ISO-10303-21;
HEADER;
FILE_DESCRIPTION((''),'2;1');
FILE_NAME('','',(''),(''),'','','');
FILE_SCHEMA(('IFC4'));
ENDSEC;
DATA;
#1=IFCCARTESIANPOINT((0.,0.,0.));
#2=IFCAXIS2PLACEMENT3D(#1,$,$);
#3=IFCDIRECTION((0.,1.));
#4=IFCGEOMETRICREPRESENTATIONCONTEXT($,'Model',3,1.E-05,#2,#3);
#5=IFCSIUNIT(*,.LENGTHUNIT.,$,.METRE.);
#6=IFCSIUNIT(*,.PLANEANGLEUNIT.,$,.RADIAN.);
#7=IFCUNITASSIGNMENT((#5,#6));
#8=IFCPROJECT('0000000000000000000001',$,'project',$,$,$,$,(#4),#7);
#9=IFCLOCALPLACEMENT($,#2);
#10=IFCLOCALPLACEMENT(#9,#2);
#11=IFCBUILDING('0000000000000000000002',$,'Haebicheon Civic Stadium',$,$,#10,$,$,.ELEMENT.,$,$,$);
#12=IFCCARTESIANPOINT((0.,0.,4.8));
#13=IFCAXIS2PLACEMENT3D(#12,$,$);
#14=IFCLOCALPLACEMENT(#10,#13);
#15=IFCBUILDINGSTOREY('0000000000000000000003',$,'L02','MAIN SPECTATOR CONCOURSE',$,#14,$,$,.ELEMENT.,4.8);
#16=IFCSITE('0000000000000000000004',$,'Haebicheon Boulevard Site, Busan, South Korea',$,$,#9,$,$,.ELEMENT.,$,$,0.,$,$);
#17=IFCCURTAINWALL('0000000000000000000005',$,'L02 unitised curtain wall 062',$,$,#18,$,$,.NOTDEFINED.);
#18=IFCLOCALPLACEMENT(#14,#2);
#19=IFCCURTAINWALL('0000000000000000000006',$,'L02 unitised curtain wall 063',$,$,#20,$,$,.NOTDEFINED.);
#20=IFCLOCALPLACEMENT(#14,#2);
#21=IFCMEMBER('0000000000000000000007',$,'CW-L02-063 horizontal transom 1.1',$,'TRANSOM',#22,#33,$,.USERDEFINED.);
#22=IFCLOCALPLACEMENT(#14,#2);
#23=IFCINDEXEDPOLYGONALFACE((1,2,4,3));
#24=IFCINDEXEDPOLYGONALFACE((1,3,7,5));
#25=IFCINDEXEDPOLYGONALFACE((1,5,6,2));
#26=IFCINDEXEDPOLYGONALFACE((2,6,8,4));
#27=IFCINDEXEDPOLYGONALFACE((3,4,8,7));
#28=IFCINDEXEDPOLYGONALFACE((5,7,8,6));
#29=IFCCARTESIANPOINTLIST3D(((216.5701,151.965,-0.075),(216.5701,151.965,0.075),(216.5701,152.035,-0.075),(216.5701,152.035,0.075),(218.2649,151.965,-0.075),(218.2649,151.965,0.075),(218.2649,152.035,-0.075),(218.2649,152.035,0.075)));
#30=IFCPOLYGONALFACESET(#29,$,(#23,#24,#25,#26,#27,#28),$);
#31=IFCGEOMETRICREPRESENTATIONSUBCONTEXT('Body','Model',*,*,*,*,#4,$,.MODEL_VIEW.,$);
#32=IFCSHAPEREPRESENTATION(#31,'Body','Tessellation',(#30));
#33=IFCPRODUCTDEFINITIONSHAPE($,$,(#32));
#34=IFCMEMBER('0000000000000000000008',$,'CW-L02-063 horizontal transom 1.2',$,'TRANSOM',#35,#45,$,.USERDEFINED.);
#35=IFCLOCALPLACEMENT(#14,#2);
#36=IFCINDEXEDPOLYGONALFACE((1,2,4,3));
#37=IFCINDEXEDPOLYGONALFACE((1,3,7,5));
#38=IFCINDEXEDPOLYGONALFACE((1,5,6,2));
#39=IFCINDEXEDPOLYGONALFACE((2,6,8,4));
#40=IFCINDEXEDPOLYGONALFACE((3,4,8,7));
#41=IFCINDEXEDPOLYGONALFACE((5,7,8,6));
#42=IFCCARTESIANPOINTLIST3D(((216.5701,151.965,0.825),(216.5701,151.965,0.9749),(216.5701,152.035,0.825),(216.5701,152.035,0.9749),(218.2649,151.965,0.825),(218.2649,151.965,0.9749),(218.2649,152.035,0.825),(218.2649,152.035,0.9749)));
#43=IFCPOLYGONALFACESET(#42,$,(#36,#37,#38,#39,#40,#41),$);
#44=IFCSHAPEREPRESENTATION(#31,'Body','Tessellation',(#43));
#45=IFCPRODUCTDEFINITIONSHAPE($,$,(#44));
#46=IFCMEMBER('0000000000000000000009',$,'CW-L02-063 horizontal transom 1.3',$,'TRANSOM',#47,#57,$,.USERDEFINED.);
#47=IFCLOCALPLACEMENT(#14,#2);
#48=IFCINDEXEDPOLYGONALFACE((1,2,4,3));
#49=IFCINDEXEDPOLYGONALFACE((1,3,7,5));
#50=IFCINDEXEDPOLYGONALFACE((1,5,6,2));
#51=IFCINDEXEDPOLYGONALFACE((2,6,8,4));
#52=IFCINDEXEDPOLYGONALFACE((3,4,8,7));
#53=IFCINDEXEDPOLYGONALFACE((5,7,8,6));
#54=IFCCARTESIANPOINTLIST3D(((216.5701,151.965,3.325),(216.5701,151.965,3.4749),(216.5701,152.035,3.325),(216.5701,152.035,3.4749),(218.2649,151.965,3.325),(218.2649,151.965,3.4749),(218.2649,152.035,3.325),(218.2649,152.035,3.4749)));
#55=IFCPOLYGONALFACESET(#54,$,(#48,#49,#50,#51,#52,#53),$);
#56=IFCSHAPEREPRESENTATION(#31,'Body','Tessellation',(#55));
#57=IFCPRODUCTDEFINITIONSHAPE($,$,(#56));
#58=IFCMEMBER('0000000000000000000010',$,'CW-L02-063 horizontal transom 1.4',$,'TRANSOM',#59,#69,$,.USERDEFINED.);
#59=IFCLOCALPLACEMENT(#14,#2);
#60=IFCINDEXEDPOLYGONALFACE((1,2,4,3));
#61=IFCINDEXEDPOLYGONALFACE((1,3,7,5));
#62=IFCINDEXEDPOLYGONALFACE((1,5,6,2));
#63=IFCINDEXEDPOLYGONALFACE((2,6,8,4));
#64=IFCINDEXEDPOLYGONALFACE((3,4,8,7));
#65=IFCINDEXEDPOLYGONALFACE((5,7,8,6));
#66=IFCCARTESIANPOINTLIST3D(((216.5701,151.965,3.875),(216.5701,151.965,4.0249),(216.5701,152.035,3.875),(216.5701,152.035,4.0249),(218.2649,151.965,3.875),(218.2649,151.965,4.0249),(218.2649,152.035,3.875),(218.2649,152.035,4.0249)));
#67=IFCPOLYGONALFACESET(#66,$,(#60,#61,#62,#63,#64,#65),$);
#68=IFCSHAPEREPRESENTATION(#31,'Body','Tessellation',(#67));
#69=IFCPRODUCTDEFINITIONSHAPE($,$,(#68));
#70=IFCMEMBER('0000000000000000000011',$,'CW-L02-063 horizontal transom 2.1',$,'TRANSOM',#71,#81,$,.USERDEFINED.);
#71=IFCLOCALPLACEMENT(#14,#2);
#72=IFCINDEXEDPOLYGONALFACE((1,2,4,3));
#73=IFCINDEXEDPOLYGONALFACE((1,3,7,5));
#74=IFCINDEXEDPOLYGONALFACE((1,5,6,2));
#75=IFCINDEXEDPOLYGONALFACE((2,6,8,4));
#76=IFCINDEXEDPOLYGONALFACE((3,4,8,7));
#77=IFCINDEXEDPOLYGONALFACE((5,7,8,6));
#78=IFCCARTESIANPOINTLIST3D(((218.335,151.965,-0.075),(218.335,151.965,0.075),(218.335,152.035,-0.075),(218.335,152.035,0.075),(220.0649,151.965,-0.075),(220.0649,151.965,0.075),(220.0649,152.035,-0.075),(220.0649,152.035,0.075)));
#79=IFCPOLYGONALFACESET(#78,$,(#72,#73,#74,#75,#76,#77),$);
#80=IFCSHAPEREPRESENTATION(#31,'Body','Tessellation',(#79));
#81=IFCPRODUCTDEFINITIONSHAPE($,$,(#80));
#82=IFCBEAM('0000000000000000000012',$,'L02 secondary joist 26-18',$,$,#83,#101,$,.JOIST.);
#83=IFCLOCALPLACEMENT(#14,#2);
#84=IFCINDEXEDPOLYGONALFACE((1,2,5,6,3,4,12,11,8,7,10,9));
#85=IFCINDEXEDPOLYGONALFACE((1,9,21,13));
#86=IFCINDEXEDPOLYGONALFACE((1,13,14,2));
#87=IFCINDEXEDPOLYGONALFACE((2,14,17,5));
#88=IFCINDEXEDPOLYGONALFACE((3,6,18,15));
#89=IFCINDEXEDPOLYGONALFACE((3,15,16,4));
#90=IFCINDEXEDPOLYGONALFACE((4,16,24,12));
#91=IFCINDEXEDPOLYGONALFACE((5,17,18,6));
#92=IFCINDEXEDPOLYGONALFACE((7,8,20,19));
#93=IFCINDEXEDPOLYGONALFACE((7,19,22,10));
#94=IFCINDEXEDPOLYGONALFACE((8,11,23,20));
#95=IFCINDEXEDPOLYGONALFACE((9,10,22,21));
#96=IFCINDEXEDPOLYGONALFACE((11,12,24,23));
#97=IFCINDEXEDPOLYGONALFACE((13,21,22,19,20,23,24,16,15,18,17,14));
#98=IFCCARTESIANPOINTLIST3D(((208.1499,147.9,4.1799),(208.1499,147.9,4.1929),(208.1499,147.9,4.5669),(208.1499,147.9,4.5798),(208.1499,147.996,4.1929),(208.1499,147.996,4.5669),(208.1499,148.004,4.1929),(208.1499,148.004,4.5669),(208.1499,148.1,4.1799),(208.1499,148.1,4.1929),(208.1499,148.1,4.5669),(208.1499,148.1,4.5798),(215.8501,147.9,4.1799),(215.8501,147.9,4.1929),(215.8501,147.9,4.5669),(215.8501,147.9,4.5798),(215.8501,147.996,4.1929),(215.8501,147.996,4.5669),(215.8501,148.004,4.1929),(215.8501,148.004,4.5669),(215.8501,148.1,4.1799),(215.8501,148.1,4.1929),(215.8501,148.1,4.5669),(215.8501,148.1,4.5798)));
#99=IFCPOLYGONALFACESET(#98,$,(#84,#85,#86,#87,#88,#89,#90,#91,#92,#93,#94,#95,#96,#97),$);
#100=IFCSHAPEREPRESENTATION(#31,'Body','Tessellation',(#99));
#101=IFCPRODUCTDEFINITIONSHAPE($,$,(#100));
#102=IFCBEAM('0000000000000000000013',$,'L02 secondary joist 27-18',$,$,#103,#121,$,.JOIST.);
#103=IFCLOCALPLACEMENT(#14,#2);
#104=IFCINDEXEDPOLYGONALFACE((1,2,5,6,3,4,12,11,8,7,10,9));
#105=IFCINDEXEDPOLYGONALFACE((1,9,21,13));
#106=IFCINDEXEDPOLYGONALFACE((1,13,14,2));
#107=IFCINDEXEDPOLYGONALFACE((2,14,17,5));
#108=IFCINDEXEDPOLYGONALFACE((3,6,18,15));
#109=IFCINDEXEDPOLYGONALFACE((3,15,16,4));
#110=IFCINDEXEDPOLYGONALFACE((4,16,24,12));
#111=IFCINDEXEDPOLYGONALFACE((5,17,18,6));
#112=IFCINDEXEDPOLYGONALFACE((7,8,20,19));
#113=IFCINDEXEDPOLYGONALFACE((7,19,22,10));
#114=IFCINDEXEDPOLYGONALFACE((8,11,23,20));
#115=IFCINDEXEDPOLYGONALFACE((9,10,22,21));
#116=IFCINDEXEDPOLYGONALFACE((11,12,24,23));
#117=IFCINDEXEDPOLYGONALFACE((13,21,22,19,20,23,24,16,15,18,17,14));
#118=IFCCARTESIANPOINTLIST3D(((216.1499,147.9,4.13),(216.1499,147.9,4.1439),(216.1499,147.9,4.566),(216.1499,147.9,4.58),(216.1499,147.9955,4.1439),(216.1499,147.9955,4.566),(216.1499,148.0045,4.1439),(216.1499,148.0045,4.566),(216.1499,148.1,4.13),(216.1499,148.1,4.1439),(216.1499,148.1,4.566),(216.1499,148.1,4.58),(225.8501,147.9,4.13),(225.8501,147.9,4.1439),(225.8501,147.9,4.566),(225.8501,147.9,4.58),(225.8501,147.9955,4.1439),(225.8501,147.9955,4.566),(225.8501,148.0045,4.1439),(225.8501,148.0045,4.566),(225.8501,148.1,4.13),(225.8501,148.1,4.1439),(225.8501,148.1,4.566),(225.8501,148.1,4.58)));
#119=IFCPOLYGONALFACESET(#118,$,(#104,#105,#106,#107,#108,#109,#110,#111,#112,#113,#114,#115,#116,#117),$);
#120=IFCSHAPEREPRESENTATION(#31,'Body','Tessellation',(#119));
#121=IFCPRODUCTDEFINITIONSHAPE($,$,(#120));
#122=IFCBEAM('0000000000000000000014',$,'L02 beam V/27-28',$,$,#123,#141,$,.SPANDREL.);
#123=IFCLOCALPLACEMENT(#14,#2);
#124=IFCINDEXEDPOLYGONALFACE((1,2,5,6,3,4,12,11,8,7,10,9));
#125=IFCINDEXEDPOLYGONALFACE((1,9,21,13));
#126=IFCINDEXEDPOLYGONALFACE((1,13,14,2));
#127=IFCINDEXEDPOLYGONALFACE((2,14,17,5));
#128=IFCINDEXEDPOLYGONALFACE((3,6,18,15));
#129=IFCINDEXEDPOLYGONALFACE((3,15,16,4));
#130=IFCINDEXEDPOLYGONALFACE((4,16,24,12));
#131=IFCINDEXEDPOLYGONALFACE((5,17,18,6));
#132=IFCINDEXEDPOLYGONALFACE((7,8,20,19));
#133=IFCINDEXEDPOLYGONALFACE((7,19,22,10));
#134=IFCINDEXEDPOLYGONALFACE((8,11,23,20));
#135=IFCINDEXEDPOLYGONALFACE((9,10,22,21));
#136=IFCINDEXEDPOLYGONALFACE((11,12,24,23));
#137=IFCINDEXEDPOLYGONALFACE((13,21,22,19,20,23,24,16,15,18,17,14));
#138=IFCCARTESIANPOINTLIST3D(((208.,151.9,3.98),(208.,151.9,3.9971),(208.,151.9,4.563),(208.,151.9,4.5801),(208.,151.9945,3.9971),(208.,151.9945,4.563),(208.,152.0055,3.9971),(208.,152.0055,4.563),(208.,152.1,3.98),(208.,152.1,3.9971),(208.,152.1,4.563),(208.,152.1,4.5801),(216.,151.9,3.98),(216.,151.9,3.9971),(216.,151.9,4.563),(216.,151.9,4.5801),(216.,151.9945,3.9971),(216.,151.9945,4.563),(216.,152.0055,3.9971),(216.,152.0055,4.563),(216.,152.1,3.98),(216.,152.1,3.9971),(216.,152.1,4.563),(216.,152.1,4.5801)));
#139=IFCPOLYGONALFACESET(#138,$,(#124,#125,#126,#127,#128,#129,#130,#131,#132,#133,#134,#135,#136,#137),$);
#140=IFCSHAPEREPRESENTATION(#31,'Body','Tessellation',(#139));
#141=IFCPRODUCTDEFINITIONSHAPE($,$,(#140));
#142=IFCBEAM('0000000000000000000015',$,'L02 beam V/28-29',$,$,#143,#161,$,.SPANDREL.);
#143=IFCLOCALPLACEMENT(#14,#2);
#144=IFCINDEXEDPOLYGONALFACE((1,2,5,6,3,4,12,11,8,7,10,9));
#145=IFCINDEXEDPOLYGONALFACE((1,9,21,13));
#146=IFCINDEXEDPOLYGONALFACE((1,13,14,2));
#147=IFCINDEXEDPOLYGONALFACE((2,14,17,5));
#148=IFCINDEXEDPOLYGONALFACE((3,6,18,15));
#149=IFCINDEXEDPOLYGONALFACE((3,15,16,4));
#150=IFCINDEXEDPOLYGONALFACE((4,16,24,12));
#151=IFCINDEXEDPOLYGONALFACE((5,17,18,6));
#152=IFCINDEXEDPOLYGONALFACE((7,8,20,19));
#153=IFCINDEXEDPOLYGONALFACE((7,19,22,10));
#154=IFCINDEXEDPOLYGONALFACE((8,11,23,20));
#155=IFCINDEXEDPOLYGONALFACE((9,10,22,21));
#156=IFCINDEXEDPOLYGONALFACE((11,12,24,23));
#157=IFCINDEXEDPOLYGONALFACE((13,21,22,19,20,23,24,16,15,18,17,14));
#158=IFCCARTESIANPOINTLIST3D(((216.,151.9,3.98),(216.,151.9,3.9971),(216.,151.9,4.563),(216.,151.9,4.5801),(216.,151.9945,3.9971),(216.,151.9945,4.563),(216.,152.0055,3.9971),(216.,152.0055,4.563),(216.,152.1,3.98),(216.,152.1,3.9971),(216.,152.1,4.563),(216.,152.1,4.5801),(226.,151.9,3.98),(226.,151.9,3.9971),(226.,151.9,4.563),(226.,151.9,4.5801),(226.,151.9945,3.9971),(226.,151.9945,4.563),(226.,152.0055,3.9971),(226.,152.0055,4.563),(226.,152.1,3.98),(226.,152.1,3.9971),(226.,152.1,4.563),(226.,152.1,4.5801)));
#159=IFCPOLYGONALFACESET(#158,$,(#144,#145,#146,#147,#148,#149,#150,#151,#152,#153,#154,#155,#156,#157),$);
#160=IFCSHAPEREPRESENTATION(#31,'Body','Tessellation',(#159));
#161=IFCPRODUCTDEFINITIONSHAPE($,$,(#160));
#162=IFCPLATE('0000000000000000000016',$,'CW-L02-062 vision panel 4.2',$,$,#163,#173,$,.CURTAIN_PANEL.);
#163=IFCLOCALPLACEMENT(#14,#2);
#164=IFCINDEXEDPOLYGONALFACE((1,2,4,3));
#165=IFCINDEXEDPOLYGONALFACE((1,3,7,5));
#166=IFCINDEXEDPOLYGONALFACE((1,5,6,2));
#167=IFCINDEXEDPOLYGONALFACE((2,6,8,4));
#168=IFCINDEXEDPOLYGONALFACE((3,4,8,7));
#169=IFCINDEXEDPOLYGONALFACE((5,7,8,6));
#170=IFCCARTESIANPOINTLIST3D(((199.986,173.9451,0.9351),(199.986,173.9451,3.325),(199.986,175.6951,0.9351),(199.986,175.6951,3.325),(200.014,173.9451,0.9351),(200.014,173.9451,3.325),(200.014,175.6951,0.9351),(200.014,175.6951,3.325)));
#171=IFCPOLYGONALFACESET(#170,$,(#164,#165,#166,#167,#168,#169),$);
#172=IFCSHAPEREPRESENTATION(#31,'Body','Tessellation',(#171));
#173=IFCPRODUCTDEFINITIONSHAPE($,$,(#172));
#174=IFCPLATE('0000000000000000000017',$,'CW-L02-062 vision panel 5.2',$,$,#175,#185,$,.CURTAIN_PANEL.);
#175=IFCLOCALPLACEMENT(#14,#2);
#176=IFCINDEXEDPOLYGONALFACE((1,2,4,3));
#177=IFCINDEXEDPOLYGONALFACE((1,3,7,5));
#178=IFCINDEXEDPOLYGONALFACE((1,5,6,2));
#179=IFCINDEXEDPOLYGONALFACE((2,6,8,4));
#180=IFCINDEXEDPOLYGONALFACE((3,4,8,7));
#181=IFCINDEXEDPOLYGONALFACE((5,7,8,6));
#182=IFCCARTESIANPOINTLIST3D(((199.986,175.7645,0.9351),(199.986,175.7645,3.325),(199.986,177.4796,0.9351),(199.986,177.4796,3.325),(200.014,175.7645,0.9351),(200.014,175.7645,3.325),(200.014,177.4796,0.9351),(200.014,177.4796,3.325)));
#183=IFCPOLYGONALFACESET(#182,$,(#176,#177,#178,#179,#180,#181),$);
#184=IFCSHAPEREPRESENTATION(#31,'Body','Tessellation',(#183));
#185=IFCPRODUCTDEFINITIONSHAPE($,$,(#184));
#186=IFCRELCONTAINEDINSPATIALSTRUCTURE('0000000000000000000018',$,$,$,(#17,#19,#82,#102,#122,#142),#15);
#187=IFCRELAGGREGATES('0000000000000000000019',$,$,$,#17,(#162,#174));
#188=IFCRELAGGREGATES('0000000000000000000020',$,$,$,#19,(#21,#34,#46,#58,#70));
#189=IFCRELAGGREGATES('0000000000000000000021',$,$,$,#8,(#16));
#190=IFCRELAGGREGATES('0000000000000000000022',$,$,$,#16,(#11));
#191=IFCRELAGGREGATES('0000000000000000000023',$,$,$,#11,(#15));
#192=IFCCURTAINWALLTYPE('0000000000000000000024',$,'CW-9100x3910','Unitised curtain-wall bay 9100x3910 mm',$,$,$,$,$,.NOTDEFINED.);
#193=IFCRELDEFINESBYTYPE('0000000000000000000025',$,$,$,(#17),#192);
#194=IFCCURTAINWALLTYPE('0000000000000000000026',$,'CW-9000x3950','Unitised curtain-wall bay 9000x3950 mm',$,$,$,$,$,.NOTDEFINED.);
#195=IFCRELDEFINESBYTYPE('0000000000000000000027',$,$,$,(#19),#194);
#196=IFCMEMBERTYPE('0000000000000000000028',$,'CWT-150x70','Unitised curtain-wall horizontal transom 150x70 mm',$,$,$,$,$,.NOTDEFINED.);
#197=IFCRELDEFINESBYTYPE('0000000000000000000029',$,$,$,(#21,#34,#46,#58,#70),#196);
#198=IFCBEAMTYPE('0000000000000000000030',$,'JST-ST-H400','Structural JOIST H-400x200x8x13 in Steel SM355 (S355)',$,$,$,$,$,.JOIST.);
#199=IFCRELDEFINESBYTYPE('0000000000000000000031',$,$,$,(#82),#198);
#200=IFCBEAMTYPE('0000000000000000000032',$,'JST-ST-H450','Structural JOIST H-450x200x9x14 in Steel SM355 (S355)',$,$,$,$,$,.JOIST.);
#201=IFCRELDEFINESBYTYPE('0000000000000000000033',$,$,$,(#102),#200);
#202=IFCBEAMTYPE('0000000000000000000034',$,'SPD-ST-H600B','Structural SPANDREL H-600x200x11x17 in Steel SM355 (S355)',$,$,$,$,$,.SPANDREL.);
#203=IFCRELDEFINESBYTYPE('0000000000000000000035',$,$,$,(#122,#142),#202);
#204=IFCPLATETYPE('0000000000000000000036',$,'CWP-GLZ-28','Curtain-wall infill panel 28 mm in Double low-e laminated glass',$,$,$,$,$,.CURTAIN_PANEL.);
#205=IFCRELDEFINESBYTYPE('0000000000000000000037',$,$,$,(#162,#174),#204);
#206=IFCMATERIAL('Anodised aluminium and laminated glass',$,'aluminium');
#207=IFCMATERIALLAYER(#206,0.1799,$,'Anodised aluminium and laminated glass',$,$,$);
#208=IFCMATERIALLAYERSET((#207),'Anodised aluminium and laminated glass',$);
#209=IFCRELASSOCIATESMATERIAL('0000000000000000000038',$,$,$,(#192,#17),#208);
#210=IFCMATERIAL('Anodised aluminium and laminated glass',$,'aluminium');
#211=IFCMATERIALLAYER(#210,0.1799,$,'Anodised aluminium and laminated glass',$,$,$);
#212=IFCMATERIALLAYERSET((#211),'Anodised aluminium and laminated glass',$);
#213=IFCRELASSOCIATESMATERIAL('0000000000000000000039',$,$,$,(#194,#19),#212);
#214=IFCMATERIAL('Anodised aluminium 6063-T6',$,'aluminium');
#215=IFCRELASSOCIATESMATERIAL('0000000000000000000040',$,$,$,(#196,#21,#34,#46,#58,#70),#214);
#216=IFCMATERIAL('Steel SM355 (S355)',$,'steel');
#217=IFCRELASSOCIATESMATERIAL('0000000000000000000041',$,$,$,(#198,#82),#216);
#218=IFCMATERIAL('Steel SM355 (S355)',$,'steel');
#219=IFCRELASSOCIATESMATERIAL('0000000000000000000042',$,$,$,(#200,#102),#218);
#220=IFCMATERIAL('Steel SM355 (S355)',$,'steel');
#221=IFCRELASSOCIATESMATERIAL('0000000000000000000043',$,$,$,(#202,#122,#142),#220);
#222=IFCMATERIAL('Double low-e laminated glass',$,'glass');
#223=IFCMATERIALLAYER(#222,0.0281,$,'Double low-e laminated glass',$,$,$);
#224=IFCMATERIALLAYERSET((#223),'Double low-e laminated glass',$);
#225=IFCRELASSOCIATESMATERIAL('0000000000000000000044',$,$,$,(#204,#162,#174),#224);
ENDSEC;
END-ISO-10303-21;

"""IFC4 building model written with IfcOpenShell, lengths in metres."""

from ifc_helpers import new_model, si_unit, direction, frame, origin, origin_2d, place, context, subcontext, project, spatial, rectangle, i_section, extrude, material, layer, layer_set, material_profile, profile_set, type_object, element, aggregate, save


model = new_model("IFC4")

# Units and contexts
model_context = context("Model", 3, precision=1e-05, world=origin(), true_north=direction((0.0, 1.0)))
body_context = subcontext(model_context, "Body", "Model", "MODEL_VIEW")
ifc_project = project(units=[si_unit("LENGTHUNIT", "METRE"), si_unit("PLANEANGLEUNIT", "RADIAN")], contexts=[model_context])

# Site, building, storey
site_placement = place(None, origin())
site = spatial("IfcSite", under=ifc_project, at=site_placement, Name="Haebicheon Boulevard Site, Busan, South Korea", CompositionType="ELEMENT", RefElevation=0.0)
building_placement = place(site_placement, origin())
building = spatial("IfcBuilding", under=site, at=building_placement, Name="Haebicheon Civic Stadium", CompositionType="ELEMENT")
storey_placement = place(building_placement, frame((0.0, 0.0, 4.8)))
storey = spatial("IfcBuildingStorey", under=building, at=storey_placement, Name="L02", Description="MAIN SPECTATOR CONCOURSE", CompositionType="ELEMENT", Elevation=4.8)

# Curtain walls
ifc_material_1 = material(Name="Anodised aluminium and laminated glass", Category="aluminium")
ifc_layer_1 = layer(ifc_material_1, 0.1799, Name="Anodised aluminium and laminated glass")
ifc_layer_set_1 = layer_set([ifc_layer_1], Name="Anodised aluminium and laminated glass")
curtain_wall_type_1 = type_object("IfcCurtainWallType", Name="CW-9100x3910", Description="Unitised curtain-wall bay 9100x3910 mm", PredefinedType="NOTDEFINED", material=ifc_layer_set_1)
curtain_wall_1_placement = place(storey_placement, origin())
curtain_wall_1 = element("IfcCurtainWall", 1, at=curtain_wall_1_placement, inside=storey, type_object=curtain_wall_type_1, material=ifc_layer_set_1, Name="L02 unitised curtain wall 062", PredefinedType="NOTDEFINED")
ifc_material_2 = material(Name="Anodised aluminium and laminated glass", Category="aluminium")
ifc_layer_2 = layer(ifc_material_2, 0.1799, Name="Anodised aluminium and laminated glass")
ifc_layer_set_2 = layer_set([ifc_layer_2], Name="Anodised aluminium and laminated glass")
curtain_wall_type_2 = type_object("IfcCurtainWallType", Name="CW-9000x3950", Description="Unitised curtain-wall bay 9000x3950 mm", PredefinedType="NOTDEFINED", material=ifc_layer_set_2)
curtain_wall_2_placement = place(storey_placement, origin())
curtain_wall_2 = element("IfcCurtainWall", 2, at=curtain_wall_2_placement, inside=storey, type_object=curtain_wall_type_2, material=ifc_layer_set_2, Name="L02 unitised curtain wall 063", PredefinedType="NOTDEFINED")

# Members
ifc_material_3 = material(Name="Anodised aluminium 6063-T6", Category="aluminium")
ifc_material_profile_1 = material_profile(ifc_material_3, rectangle(XDim=0.0701, YDim=0.1499, at=origin_2d()), Name="ALU-TRAN-70x150")
ifc_profile_set_1 = profile_set([ifc_material_profile_1], Name="Anodised aluminium 6063-T6")
member_type_1 = type_object("IfcMemberType", Name="CWT-150x70", Description="Unitised curtain-wall horizontal transom 150x70 mm", PredefinedType="NOTDEFINED", material=ifc_profile_set_1)
member_1_placement = place(storey_placement, frame((216.5701, 152.0, 0.0), z_axis=(1.0, 0.0, 0.0), x_axis=(0.0, 1.0, 0.0)))
member_1 = element("IfcMember", 3, at=member_1_placement, type_object=member_type_1, material=ifc_profile_set_1, Name="CW-L02-063 horizontal transom 1.1", ObjectType="TRANSOM", PredefinedType="USERDEFINED", context=body_context, shape_type="SweptSolid", body=[
    extrude(rectangle(XDim=0.0701, YDim=0.1499, at=origin_2d()), origin(), (0.0, 0.0, 1.0), 1.6948),
])
member_2_placement = place(storey_placement, frame((216.5701, 152.0, 0.8999), z_axis=(1.0, 0.0, 0.0), x_axis=(0.0, 1.0, 0.0)))
member_2 = element("IfcMember", 4, at=member_2_placement, type_object=member_type_1, material=ifc_profile_set_1, Name="CW-L02-063 horizontal transom 1.2", ObjectType="TRANSOM", PredefinedType="USERDEFINED", context=body_context, shape_type="SweptSolid", body=[
    extrude(rectangle(XDim=0.0701, YDim=0.1499, at=origin_2d()), origin(), (0.0, 0.0, 1.0), 1.6948),
])
member_3_placement = place(storey_placement, frame((216.5701, 152.0, 3.3999), z_axis=(1.0, 0.0, 0.0), x_axis=(0.0, 1.0, 0.0)))
member_3 = element("IfcMember", 5, at=member_3_placement, type_object=member_type_1, material=ifc_profile_set_1, Name="CW-L02-063 horizontal transom 1.3", ObjectType="TRANSOM", PredefinedType="USERDEFINED", context=body_context, shape_type="SweptSolid", body=[
    extrude(rectangle(XDim=0.0701, YDim=0.1499, at=origin_2d()), origin(), (0.0, 0.0, 1.0), 1.6948),
])
member_4_placement = place(storey_placement, frame((216.5701, 152.0, 3.95), z_axis=(1.0, 0.0, 0.0), x_axis=(0.0, 1.0, 0.0)))
member_4 = element("IfcMember", 6, at=member_4_placement, type_object=member_type_1, material=ifc_profile_set_1, Name="CW-L02-063 horizontal transom 1.4", ObjectType="TRANSOM", PredefinedType="USERDEFINED", context=body_context, shape_type="SweptSolid", body=[
    extrude(rectangle(XDim=0.0701, YDim=0.1499, at=origin_2d()), origin(), (0.0, 0.0, 1.0), 1.6948),
])
member_5_placement = place(storey_placement, frame((218.335, 152.0, 0.0), z_axis=(1.0, 0.0, 0.0), x_axis=(0.0, 1.0, 0.0)))
member_5 = element("IfcMember", 7, at=member_5_placement, type_object=member_type_1, material=ifc_profile_set_1, Name="CW-L02-063 horizontal transom 2.1", ObjectType="TRANSOM", PredefinedType="USERDEFINED", context=body_context, shape_type="SweptSolid", body=[
    extrude(rectangle(XDim=0.0701, YDim=0.1499, at=origin_2d()), origin(), (0.0, 0.0, 1.0), 1.73),
])

# Beams
ifc_material_4 = material(Name="Steel SM355 (S355)", Category="steel")
ifc_material_profile_2 = material_profile(ifc_material_4, i_section(OverallWidth=0.2, OverallDepth=0.3999, WebThickness=0.0081, FlangeThickness=0.0129, at=origin_2d()), Name="H-400x200x8x13")
ifc_profile_set_2 = profile_set([ifc_material_profile_2], Name="Steel SM355 (S355)")
beam_type_1 = type_object("IfcBeamType", Name="JST-ST-H400", Description="Structural JOIST H-400x200x8x13 in Steel SM355 (S355)", PredefinedType="JOIST", material=ifc_profile_set_2)
beam_1_placement = place(storey_placement, frame((208.1499, 148.0, 4.3799), z_axis=(1.0, 0.0, 0.0), x_axis=(0.0, 1.0, 0.0)))
element("IfcBeam", 8, at=beam_1_placement, inside=storey, type_object=beam_type_1, material=ifc_profile_set_2, Name="L02 secondary joist 26-18", PredefinedType="JOIST", context=body_context, shape_type="SweptSolid", body=[
    extrude(i_section(OverallWidth=0.2, OverallDepth=0.3999, WebThickness=0.0081, FlangeThickness=0.0129, at=origin_2d()), origin(), (0.0, 0.0, 1.0), 7.7002),
])
ifc_material_5 = material(Name="Steel SM355 (S355)", Category="steel")
ifc_material_profile_3 = material_profile(ifc_material_5, i_section(OverallWidth=0.2, OverallDepth=0.45, WebThickness=0.009, FlangeThickness=0.0139, at=origin_2d()), Name="H-450x200x9x14")
ifc_profile_set_3 = profile_set([ifc_material_profile_3], Name="Steel SM355 (S355)")
beam_type_2 = type_object("IfcBeamType", Name="JST-ST-H450", Description="Structural JOIST H-450x200x9x14 in Steel SM355 (S355)", PredefinedType="JOIST", material=ifc_profile_set_3)
beam_2_placement = place(storey_placement, frame((216.1499, 148.0, 4.355), z_axis=(1.0, 0.0, 0.0), x_axis=(0.0, 1.0, 0.0)))
element("IfcBeam", 9, at=beam_2_placement, inside=storey, type_object=beam_type_2, material=ifc_profile_set_3, Name="L02 secondary joist 27-18", PredefinedType="JOIST", context=body_context, shape_type="SweptSolid", body=[
    extrude(i_section(OverallWidth=0.2, OverallDepth=0.45, WebThickness=0.009, FlangeThickness=0.0139, at=origin_2d()), origin(), (0.0, 0.0, 1.0), 9.7002),
])
ifc_material_6 = material(Name="Steel SM355 (S355)", Category="steel")
ifc_material_profile_4 = material_profile(ifc_material_6, i_section(OverallWidth=0.2, OverallDepth=0.6001, WebThickness=0.011, FlangeThickness=0.0171, at=origin_2d()), Name="H-600x200x11x17")
ifc_profile_set_4 = profile_set([ifc_material_profile_4], Name="Steel SM355 (S355)")
beam_type_3 = type_object("IfcBeamType", Name="SPD-ST-H600B", Description="Structural SPANDREL H-600x200x11x17 in Steel SM355 (S355)", PredefinedType="SPANDREL", material=ifc_profile_set_4)
beam_3_placement = place(storey_placement, frame((208.0, 152.0, 4.28), z_axis=(1.0, 0.0, 0.0), x_axis=(0.0, 1.0, 0.0)))
element("IfcBeam", 10, at=beam_3_placement, inside=storey, type_object=beam_type_3, material=ifc_profile_set_4, Name="L02 beam V/27-28", PredefinedType="SPANDREL", context=body_context, shape_type="SweptSolid", body=[
    extrude(i_section(OverallWidth=0.2, OverallDepth=0.6001, WebThickness=0.011, FlangeThickness=0.0171, at=origin_2d()), origin(), (0.0, 0.0, 1.0), 8.0),
])
beam_4_placement = place(storey_placement, frame((216.0, 152.0, 4.28), z_axis=(1.0, 0.0, 0.0), x_axis=(0.0, 1.0, 0.0)))
element("IfcBeam", 11, at=beam_4_placement, inside=storey, type_object=beam_type_3, material=ifc_profile_set_4, Name="L02 beam V/28-29", PredefinedType="SPANDREL", context=body_context, shape_type="SweptSolid", body=[
    extrude(i_section(OverallWidth=0.2, OverallDepth=0.6001, WebThickness=0.011, FlangeThickness=0.0171, at=origin_2d()), origin(), (0.0, 0.0, 1.0), 10.0),
])

# Plates
ifc_material_7 = material(Name="Double low-e laminated glass", Category="glass")
ifc_layer_3 = layer(ifc_material_7, 0.0281, Name="Double low-e laminated glass")
ifc_layer_set_3 = layer_set([ifc_layer_3], Name="Double low-e laminated glass")
plate_type_1 = type_object("IfcPlateType", Name="CWP-GLZ-28", Description="Curtain-wall infill panel 28 mm in Double low-e laminated glass", PredefinedType="CURTAIN_PANEL", material=ifc_layer_set_3)
plate_1_placement = place(storey_placement, frame((200.0, 174.8201, 0.9351), z_axis=(0.0, 0.0, 1.0), x_axis=(0.0, 1.0, 0.0)))
plate_1 = element("IfcPlate", 12, at=plate_1_placement, type_object=plate_type_1, material=ifc_layer_set_3, Name="CW-L02-062 vision panel 4.2", PredefinedType="CURTAIN_PANEL", context=body_context, shape_type="SweptSolid", body=[
    extrude(rectangle(XDim=1.75, YDim=0.0281, at=origin_2d()), origin(), (0.0, 0.0, 1.0), 2.3899),
])
plate_2_placement = place(storey_placement, frame((200.0, 176.6221, 0.9351), z_axis=(0.0, 0.0, 1.0), x_axis=(0.0, 1.0, 0.0)))
plate_2 = element("IfcPlate", 13, at=plate_2_placement, type_object=plate_type_1, material=ifc_layer_set_3, Name="CW-L02-062 vision panel 5.2", PredefinedType="CURTAIN_PANEL", context=body_context, shape_type="SweptSolid", body=[
    extrude(rectangle(XDim=1.7151, YDim=0.0281, at=origin_2d()), origin(), (0.0, 0.0, 1.0), 2.3899),
])
aggregate(curtain_wall_1, [plate_1, plate_2])
aggregate(curtain_wall_2, [member_1, member_2, member_3, member_4, member_5])

save(model, "model.ifc")
